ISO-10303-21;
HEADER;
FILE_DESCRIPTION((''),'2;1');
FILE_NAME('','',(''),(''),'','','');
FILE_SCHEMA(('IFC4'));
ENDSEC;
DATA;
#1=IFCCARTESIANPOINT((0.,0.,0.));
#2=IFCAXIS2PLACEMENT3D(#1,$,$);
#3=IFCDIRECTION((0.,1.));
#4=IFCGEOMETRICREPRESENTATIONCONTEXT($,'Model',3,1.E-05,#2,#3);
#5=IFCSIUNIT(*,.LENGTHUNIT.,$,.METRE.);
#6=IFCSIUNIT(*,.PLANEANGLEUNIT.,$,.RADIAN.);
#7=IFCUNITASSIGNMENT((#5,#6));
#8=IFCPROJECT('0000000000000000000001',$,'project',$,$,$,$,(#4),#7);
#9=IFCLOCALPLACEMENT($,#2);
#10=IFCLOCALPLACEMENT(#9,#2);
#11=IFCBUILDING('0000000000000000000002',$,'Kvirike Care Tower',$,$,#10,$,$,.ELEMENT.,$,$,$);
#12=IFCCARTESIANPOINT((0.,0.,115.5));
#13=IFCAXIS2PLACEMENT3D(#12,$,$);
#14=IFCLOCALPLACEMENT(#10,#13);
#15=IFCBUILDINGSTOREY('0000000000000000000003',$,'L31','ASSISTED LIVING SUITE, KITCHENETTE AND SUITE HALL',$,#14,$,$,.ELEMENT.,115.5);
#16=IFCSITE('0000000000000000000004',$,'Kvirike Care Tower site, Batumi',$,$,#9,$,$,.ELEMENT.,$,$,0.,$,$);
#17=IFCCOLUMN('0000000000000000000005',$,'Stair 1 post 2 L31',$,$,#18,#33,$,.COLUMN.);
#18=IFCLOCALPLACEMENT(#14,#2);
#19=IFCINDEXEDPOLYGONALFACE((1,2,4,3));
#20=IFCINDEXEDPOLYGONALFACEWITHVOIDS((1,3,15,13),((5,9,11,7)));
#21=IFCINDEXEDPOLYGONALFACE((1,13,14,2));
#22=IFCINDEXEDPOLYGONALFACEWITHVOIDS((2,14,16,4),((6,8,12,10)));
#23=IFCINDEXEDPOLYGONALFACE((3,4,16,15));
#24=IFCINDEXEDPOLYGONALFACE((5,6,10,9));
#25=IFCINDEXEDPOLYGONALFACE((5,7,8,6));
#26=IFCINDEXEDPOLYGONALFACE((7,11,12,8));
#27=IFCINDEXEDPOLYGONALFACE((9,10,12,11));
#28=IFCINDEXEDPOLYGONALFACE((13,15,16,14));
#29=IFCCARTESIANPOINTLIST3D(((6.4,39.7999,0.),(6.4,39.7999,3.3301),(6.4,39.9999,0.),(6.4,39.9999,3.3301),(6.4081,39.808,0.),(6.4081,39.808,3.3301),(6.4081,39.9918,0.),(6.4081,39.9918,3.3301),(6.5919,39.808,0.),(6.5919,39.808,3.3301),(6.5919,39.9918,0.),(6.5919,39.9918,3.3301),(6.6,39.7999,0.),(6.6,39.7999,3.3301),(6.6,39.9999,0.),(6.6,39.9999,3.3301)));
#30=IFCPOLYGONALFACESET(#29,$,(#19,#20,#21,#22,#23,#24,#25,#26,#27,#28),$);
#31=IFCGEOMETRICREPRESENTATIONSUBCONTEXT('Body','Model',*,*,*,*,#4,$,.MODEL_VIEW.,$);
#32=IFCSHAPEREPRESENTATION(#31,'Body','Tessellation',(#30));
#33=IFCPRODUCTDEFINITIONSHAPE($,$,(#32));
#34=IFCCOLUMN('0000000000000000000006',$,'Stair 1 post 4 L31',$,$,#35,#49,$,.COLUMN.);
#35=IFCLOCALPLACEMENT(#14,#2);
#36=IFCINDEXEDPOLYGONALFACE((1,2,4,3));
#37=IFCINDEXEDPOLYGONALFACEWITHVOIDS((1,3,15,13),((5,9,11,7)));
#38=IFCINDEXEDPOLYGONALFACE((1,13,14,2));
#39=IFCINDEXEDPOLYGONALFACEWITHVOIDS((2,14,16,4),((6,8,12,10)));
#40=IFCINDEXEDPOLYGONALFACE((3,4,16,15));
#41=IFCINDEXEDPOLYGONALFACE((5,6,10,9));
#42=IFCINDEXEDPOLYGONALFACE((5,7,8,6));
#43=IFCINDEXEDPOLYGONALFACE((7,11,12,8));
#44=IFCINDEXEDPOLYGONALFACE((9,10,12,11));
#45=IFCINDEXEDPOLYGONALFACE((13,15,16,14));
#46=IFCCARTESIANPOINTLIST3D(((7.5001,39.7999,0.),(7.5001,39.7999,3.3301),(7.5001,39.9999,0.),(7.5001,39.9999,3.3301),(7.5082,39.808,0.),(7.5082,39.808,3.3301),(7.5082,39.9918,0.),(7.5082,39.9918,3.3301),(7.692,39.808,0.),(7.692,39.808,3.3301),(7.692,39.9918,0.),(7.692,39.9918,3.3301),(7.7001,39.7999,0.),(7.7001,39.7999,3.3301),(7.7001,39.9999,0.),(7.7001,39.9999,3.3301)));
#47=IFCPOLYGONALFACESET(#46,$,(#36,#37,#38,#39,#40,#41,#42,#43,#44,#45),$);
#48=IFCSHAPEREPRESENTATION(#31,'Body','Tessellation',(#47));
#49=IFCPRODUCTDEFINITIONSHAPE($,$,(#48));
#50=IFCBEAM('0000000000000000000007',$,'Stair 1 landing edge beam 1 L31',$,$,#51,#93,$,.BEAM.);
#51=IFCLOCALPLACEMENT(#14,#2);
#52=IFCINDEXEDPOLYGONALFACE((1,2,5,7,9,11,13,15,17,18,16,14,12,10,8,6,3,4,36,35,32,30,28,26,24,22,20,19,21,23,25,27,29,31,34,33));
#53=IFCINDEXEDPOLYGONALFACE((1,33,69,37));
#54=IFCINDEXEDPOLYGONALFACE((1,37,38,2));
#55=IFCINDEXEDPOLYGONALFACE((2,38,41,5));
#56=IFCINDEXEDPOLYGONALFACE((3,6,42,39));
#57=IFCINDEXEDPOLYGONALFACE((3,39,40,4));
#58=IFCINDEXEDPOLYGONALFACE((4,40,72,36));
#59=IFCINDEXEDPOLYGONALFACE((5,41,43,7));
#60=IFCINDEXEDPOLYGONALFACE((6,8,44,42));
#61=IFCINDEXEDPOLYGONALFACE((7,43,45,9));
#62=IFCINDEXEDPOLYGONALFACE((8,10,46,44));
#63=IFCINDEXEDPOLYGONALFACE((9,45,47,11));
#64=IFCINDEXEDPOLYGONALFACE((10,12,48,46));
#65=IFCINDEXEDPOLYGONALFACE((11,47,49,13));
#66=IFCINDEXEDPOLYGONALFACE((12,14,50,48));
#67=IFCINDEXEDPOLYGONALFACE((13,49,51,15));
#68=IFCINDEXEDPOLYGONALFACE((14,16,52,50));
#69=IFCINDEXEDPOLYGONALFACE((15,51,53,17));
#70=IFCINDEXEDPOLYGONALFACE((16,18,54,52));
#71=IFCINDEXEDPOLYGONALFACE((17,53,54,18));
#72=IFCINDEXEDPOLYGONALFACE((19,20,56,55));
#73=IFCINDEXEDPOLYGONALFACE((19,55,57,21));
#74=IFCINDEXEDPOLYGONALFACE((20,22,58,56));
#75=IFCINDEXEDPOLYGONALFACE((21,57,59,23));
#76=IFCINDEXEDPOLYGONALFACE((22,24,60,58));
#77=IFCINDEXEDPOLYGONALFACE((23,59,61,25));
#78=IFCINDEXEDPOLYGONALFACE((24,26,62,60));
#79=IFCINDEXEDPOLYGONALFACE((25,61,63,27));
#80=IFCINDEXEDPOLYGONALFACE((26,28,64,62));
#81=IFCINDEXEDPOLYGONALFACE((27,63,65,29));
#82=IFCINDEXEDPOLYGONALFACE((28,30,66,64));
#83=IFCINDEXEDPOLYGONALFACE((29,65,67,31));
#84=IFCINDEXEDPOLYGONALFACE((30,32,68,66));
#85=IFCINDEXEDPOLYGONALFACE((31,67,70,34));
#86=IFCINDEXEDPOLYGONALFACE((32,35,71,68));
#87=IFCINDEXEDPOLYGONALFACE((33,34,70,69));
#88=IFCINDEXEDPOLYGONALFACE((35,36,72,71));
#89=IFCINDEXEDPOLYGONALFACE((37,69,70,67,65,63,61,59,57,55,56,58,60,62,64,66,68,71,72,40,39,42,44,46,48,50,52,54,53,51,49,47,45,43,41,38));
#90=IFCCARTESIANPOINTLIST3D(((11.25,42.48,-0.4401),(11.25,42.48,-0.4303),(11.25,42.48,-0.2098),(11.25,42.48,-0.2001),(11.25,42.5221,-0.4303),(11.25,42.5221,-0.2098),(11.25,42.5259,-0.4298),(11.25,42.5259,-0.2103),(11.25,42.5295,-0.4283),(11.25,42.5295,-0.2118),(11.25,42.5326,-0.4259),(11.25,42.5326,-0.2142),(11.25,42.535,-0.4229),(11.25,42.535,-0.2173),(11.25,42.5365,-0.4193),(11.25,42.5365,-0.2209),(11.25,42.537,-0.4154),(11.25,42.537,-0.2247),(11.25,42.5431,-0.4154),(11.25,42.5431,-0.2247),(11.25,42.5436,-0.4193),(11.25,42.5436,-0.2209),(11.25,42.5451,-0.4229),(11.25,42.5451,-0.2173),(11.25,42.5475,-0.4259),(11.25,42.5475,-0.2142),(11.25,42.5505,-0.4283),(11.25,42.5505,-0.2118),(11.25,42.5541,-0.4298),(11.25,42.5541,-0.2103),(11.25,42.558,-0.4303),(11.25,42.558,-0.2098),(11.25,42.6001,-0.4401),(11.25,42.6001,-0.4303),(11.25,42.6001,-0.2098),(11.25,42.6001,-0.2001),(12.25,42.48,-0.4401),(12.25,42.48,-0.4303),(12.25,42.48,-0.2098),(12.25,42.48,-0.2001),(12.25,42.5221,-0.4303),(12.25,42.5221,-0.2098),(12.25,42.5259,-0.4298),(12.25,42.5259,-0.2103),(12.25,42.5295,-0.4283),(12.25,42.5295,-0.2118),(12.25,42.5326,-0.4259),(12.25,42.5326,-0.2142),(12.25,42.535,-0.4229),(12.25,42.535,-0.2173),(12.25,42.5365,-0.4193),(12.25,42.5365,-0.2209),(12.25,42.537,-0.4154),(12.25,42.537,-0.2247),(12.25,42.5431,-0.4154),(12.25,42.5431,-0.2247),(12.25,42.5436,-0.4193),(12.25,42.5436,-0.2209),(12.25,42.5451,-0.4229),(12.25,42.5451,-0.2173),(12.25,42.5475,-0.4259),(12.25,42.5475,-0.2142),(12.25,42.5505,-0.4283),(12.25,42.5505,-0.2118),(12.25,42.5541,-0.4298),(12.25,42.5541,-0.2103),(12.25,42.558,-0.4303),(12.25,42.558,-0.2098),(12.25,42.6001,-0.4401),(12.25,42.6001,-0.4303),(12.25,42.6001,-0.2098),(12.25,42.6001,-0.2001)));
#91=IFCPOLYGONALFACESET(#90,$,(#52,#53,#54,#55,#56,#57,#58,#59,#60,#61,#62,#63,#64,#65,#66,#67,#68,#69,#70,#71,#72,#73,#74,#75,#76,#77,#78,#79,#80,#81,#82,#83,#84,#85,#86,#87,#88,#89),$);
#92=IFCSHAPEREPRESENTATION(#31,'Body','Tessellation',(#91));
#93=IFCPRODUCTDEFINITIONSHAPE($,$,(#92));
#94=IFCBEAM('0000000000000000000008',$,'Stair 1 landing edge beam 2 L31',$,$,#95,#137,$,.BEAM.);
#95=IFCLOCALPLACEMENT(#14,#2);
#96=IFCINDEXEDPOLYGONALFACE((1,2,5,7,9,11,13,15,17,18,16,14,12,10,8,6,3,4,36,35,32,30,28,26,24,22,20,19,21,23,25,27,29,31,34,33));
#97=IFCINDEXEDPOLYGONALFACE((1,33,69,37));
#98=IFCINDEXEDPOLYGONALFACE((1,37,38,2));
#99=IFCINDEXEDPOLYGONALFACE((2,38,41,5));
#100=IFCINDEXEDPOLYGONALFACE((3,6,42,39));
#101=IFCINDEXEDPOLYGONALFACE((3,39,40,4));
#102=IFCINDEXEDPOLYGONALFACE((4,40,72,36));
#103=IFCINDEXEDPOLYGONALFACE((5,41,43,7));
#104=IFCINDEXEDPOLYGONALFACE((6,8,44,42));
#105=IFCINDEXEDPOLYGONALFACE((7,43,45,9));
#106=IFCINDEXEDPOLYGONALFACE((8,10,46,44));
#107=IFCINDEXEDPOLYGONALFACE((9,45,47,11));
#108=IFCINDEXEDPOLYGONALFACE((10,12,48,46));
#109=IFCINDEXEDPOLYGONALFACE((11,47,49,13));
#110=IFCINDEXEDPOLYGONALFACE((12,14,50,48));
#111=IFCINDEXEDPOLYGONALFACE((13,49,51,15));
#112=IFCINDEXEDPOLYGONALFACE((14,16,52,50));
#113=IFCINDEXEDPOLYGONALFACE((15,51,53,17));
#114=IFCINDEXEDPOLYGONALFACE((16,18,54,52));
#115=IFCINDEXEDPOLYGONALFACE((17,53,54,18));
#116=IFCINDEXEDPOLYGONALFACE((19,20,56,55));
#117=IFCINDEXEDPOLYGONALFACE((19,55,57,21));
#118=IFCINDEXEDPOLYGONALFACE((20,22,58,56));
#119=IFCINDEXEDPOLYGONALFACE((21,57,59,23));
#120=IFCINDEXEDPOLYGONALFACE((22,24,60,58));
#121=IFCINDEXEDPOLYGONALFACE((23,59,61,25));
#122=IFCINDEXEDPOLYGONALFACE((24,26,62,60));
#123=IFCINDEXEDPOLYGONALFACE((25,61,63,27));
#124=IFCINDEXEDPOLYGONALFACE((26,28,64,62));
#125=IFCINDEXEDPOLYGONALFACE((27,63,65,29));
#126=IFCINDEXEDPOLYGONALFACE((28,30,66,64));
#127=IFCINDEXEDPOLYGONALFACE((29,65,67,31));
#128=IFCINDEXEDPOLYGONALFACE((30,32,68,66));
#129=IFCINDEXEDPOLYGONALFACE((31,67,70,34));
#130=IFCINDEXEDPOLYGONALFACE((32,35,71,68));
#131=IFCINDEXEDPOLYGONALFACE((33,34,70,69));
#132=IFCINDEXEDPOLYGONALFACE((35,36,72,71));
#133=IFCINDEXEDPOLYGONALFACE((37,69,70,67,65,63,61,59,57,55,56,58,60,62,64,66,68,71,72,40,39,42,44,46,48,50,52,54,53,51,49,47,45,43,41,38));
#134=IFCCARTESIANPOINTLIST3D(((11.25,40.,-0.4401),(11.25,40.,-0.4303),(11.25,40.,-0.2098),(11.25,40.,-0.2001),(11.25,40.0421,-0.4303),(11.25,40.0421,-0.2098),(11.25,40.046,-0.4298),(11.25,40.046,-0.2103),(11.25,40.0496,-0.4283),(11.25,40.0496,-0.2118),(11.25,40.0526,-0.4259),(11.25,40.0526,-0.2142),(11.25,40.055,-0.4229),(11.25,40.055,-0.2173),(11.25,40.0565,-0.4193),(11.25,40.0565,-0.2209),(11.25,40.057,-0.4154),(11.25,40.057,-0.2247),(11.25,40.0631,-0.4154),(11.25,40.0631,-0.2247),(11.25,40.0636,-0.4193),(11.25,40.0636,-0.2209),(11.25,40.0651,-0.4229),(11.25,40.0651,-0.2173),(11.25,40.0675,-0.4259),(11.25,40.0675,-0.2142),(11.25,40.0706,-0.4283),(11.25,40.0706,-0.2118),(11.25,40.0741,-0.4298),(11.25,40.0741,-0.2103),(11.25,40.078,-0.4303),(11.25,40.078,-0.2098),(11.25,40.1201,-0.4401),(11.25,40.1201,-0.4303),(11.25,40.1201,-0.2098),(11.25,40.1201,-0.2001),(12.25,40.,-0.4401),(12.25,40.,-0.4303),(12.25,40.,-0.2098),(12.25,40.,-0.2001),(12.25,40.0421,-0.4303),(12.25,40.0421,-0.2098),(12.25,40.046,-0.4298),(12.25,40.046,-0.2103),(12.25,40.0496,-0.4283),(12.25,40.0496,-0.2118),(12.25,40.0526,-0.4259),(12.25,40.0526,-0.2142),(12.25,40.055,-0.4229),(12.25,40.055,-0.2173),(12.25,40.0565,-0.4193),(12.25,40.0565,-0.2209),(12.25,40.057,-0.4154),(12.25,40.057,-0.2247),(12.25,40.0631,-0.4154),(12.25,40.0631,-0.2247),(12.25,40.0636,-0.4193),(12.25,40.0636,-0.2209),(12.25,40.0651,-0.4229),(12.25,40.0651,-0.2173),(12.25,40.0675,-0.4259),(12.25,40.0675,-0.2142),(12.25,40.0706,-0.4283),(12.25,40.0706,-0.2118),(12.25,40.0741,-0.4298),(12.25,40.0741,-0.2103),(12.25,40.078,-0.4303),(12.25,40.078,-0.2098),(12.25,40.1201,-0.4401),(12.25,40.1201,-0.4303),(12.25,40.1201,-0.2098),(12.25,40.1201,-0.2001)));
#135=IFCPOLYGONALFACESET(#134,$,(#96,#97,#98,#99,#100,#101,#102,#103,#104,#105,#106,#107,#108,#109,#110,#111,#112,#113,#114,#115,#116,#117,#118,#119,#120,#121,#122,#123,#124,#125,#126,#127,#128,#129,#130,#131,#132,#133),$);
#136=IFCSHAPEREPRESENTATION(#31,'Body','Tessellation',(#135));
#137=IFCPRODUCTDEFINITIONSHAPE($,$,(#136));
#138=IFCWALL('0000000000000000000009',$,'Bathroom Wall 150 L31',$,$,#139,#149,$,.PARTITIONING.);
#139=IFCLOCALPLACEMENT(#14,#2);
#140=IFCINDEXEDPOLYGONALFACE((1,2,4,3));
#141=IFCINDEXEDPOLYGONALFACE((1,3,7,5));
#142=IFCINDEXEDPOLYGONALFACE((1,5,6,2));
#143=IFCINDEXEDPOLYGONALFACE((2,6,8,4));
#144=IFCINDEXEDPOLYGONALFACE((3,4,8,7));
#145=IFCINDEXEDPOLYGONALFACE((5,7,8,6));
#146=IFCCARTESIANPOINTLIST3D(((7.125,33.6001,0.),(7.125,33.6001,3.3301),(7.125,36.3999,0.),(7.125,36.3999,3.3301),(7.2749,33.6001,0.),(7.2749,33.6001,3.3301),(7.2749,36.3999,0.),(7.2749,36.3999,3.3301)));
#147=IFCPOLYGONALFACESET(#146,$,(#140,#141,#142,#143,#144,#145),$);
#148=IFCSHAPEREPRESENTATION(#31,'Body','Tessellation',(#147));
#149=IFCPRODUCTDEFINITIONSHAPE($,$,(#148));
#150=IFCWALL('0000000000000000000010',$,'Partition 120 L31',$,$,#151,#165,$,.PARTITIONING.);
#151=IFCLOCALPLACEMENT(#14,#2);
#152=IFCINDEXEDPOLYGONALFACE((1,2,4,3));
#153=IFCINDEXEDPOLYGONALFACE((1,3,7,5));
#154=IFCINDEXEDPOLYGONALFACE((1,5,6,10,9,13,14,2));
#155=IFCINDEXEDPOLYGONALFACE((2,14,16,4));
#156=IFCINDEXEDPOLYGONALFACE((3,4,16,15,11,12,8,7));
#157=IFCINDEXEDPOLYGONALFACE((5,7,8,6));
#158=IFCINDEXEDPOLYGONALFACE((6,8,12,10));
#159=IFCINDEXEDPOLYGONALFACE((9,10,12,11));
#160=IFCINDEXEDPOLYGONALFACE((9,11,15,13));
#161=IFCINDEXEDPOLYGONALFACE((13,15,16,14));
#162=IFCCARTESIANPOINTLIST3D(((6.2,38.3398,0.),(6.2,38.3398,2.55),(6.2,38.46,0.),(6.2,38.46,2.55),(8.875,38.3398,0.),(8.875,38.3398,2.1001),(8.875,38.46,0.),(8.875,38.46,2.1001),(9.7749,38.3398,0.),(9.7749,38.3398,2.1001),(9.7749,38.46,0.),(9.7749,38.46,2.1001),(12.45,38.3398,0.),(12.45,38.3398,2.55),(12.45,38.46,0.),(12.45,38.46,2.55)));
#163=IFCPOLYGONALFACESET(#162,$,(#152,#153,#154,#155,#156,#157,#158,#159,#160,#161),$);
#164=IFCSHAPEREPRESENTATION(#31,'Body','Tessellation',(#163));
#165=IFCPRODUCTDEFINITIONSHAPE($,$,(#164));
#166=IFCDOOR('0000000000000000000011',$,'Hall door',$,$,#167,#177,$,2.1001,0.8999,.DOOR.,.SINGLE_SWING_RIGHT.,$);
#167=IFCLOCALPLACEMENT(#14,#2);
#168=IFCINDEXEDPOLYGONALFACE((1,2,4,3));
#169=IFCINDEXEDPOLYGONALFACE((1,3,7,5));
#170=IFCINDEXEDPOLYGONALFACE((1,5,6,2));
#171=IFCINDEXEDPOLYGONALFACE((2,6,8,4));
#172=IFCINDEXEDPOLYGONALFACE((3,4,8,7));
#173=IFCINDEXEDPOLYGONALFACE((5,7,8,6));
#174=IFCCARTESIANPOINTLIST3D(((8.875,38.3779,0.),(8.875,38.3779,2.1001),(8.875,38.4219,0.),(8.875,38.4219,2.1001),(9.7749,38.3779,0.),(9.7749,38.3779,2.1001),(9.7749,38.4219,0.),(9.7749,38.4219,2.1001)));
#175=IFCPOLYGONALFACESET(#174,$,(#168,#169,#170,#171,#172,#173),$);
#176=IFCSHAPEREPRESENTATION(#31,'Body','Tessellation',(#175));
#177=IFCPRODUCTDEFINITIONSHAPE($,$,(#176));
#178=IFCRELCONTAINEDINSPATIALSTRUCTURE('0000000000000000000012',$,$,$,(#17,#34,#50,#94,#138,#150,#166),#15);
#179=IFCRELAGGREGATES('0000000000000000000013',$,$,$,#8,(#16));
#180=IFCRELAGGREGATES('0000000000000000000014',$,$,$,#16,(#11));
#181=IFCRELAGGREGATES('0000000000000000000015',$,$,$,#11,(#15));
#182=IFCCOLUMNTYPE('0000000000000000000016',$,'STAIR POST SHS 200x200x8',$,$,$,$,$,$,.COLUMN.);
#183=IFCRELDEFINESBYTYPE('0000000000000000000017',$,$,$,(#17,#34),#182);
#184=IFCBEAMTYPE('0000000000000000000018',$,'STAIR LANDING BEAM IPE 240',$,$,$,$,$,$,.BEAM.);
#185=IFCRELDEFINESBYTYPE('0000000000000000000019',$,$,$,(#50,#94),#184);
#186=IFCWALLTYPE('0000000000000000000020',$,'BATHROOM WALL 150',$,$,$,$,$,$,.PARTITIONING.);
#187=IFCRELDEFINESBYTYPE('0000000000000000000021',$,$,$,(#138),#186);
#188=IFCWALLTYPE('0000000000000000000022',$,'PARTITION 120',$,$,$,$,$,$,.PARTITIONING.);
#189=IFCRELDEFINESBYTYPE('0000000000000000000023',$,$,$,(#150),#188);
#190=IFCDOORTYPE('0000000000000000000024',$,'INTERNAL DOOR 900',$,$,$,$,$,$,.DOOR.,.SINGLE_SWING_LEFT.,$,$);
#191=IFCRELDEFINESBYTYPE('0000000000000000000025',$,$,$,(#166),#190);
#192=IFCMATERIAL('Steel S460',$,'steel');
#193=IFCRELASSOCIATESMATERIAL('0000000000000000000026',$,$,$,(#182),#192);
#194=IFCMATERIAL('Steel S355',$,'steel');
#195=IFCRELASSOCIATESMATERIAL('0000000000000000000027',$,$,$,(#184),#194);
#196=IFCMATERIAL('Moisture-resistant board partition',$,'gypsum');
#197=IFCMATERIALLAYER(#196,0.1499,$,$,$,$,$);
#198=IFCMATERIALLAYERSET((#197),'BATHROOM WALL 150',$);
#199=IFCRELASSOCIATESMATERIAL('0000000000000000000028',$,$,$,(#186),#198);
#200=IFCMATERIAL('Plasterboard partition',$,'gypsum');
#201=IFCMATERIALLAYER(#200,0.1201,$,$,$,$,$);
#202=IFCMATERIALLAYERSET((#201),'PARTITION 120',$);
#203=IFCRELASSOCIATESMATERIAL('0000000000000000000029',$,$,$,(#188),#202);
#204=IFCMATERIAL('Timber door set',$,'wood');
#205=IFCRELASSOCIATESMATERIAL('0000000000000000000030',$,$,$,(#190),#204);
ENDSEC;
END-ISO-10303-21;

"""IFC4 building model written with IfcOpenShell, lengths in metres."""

from ifc_helpers import new_model, si_unit, direction, frame, frame_2d, origin, origin_2d, place, context, subcontext, project, spatial, rectangle, hollow_rectangle, i_section, extrude, material, layer, layer_set, material_profile, profile_set, type_object, element, fill, save


model = new_model("IFC4")

# Units and contexts
model_context = context("Model", 3, precision=1e-05, world=origin(), true_north=direction((0.0, 1.0)))
body_context = subcontext(model_context, "Body", "Model", "MODEL_VIEW")
ifc_project = project(units=[si_unit("LENGTHUNIT", "METRE"), si_unit("PLANEANGLEUNIT", "RADIAN")], contexts=[model_context])

# Site, building, storey
site_placement = place(None, origin())
site = spatial("IfcSite", under=ifc_project, at=site_placement, Name="Kvirike Care Tower site, Batumi", CompositionType="ELEMENT", RefElevation=0.0)
building_placement = place(site_placement, origin())
building = spatial("IfcBuilding", under=site, at=building_placement, Name="Kvirike Care Tower", CompositionType="ELEMENT")
storey_placement = place(building_placement, frame((0.0, 0.0, 115.5)))
storey = spatial("IfcBuildingStorey", under=building, at=storey_placement, Name="L31", Description="ASSISTED LIVING SUITE, KITCHENETTE AND SUITE HALL", CompositionType="ELEMENT", Elevation=115.5)

# Columns
ifc_material_1 = material(Name="Steel S460", Category="steel")
ifc_material_profile_1 = material_profile(ifc_material_1, hollow_rectangle(XDim=0.2, YDim=0.2, WallThickness=0.0081, at=origin_2d()), Name="SHS 200x200x8")
ifc_profile_set_1 = profile_set([ifc_material_profile_1], Name="Steel S460")
column_type = type_object("IfcColumnType", Name="STAIR POST SHS 200x200x8", PredefinedType="COLUMN", material=ifc_profile_set_1)
for number, where, z_axis, x_axis, name in (
    (1, (6.5, 39.8999, 0.0), (0.0, 0.0, 1.0), (1.0, 0.0, 0.0), "Stair 1 post 2 L31"),
    (2, (7.6001, 39.8999, 0.0), (0.0, 0.0, 1.0), (1.0, 0.0, 0.0), "Stair 1 post 4 L31"),
):
    element("IfcColumn", number, at=place(storey_placement, frame(where, z_axis=z_axis, x_axis=x_axis)), inside=storey, type_object=column_type, Name=name, PredefinedType="COLUMN", context=body_context, shape_type="SweptSolid", body=[
        extrude(hollow_rectangle(XDim=0.2, YDim=0.2, WallThickness=0.0081, at=origin_2d()), origin(), (0.0, 0.0, 1.0), 3.3301),
    ])

# Beams
ifc_material_2 = material(Name="Steel S355", Category="steel")
ifc_material_profile_2 = material_profile(ifc_material_2, i_section(OverallWidth=0.1201, OverallDepth=0.24, WebThickness=0.0061, FlangeThickness=0.0098, FilletRadius=0.0149, at=origin_2d()), Name="IPE 240")
ifc_profile_set_2 = profile_set([ifc_material_profile_2], Name="Steel S355")
beam_type = type_object("IfcBeamType", Name="STAIR LANDING BEAM IPE 240", PredefinedType="BEAM", material=ifc_profile_set_2)
for number, where, z_axis, x_axis, name in (
    (3, (11.25, 42.54, -0.3201), (1.0, 0.0, 0.0), (0.0, 1.0, 0.0), "Stair 1 landing edge beam 1 L31"),
    (4, (11.25, 40.0601, -0.3201), (1.0, 0.0, 0.0), (0.0, 1.0, 0.0), "Stair 1 landing edge beam 2 L31"),
):
    element("IfcBeam", number, at=place(storey_placement, frame(where, z_axis=z_axis, x_axis=x_axis)), inside=storey, type_object=beam_type, Name=name, PredefinedType="BEAM", context=body_context, shape_type="SweptSolid", body=[
        extrude(i_section(OverallWidth=0.1201, OverallDepth=0.24, WebThickness=0.0061, FlangeThickness=0.0098, FilletRadius=0.0149, at=origin_2d()), origin(), (0.0, 0.0, 1.0), 1.0),
    ])

# Wall
ifc_material_3 = material(Name="Moisture-resistant board partition", Category="gypsum")
ifc_layer_1 = layer(ifc_material_3, 0.1499)
ifc_layer_set_1 = layer_set([ifc_layer_1], Name="BATHROOM WALL 150")
wall_type_1 = type_object("IfcWallType", Name="BATHROOM WALL 150", PredefinedType="PARTITIONING", material=ifc_layer_set_1)
wall_1_placement = place(storey_placement, frame((7.2, 36.3999, 0.0), z_axis=(0.0, 0.0, 1.0), x_axis=(0.0, -1.0, 0.0)))
element("IfcWall", 5, at=wall_1_placement, inside=storey, type_object=wall_type_1, Name="Bathroom Wall 150 L31", PredefinedType="PARTITIONING", context=body_context, shape_type="SweptSolid", body=[
    extrude(rectangle(XDim=2.7998, YDim=0.1499, at=frame_2d((1.3999, 0.0))), origin(), (0.0, 0.0, 1.0), 3.3301),
])

# Wall, opening, door
ifc_material_4 = material(Name="Plasterboard partition", Category="gypsum")
ifc_layer_2 = layer(ifc_material_4, 0.1201)
ifc_layer_set_2 = layer_set([ifc_layer_2], Name="PARTITION 120")
wall_type_2 = type_object("IfcWallType", Name="PARTITION 120", PredefinedType="PARTITIONING", material=ifc_layer_set_2)
wall_2_placement = place(storey_placement, frame((6.2, 38.3999, 0.0), z_axis=(0.0, 0.0, 1.0), x_axis=(1.0, 0.0, 0.0)))
wall_2 = element("IfcWall", 6, at=wall_2_placement, inside=storey, type_object=wall_type_2, Name="Partition 120 L31", PredefinedType="PARTITIONING", context=body_context, shape_type="SweptSolid", body=[
    extrude(rectangle(XDim=6.25, YDim=0.1201, at=frame_2d((3.125, 0.0))), origin(), (0.0, 0.0, 1.0), 2.55),
])
opening_1_placement = place(wall_2_placement, frame((2.675, 0.0, 0.0)))
opening_1 = element("IfcOpeningElement", 7, at=opening_1_placement, cuts=wall_2, PredefinedType="OPENING", context=body_context, shape_type="SweptSolid", body=[
    extrude(rectangle(XDim=0.8999, YDim=2.1001, at=frame_2d((0.45, 1.05))), frame((0.0, 0.0706, 0.0), z_axis=(0.0, -1.0, 0.0), x_axis=(1.0, 0.0, 0.0)), (0.0, 0.0, 1.0), 0.1411),
])
ifc_material_5 = material(Name="Timber door set", Category="wood")
door_type_1 = type_object("IfcDoorType", Name="INTERNAL DOOR 900", OperationType="SINGLE_SWING_LEFT", PredefinedType="DOOR", material=ifc_material_5)
door_1_placement = place(opening_1_placement, origin())
door_1 = element("IfcDoor", 8, at=door_1_placement, inside=storey, type_object=door_type_1, Name="Hall door", OperationType="SINGLE_SWING_RIGHT", OverallHeight=2.1001, OverallWidth=0.8999, PredefinedType="DOOR", context=body_context, shape_type="SweptSolid", body=[
    extrude(rectangle(XDim=0.8999, YDim=2.1001, at=frame_2d((0.45, 1.05))), frame((0.0, 0.022, 0.0), z_axis=(0.0, -1.0, 0.0), x_axis=(1.0, 0.0, 0.0)), (0.0, 0.0, 1.0), 0.0439),
])
fill(opening_1, door_1)

save(model, "model.ifc")
